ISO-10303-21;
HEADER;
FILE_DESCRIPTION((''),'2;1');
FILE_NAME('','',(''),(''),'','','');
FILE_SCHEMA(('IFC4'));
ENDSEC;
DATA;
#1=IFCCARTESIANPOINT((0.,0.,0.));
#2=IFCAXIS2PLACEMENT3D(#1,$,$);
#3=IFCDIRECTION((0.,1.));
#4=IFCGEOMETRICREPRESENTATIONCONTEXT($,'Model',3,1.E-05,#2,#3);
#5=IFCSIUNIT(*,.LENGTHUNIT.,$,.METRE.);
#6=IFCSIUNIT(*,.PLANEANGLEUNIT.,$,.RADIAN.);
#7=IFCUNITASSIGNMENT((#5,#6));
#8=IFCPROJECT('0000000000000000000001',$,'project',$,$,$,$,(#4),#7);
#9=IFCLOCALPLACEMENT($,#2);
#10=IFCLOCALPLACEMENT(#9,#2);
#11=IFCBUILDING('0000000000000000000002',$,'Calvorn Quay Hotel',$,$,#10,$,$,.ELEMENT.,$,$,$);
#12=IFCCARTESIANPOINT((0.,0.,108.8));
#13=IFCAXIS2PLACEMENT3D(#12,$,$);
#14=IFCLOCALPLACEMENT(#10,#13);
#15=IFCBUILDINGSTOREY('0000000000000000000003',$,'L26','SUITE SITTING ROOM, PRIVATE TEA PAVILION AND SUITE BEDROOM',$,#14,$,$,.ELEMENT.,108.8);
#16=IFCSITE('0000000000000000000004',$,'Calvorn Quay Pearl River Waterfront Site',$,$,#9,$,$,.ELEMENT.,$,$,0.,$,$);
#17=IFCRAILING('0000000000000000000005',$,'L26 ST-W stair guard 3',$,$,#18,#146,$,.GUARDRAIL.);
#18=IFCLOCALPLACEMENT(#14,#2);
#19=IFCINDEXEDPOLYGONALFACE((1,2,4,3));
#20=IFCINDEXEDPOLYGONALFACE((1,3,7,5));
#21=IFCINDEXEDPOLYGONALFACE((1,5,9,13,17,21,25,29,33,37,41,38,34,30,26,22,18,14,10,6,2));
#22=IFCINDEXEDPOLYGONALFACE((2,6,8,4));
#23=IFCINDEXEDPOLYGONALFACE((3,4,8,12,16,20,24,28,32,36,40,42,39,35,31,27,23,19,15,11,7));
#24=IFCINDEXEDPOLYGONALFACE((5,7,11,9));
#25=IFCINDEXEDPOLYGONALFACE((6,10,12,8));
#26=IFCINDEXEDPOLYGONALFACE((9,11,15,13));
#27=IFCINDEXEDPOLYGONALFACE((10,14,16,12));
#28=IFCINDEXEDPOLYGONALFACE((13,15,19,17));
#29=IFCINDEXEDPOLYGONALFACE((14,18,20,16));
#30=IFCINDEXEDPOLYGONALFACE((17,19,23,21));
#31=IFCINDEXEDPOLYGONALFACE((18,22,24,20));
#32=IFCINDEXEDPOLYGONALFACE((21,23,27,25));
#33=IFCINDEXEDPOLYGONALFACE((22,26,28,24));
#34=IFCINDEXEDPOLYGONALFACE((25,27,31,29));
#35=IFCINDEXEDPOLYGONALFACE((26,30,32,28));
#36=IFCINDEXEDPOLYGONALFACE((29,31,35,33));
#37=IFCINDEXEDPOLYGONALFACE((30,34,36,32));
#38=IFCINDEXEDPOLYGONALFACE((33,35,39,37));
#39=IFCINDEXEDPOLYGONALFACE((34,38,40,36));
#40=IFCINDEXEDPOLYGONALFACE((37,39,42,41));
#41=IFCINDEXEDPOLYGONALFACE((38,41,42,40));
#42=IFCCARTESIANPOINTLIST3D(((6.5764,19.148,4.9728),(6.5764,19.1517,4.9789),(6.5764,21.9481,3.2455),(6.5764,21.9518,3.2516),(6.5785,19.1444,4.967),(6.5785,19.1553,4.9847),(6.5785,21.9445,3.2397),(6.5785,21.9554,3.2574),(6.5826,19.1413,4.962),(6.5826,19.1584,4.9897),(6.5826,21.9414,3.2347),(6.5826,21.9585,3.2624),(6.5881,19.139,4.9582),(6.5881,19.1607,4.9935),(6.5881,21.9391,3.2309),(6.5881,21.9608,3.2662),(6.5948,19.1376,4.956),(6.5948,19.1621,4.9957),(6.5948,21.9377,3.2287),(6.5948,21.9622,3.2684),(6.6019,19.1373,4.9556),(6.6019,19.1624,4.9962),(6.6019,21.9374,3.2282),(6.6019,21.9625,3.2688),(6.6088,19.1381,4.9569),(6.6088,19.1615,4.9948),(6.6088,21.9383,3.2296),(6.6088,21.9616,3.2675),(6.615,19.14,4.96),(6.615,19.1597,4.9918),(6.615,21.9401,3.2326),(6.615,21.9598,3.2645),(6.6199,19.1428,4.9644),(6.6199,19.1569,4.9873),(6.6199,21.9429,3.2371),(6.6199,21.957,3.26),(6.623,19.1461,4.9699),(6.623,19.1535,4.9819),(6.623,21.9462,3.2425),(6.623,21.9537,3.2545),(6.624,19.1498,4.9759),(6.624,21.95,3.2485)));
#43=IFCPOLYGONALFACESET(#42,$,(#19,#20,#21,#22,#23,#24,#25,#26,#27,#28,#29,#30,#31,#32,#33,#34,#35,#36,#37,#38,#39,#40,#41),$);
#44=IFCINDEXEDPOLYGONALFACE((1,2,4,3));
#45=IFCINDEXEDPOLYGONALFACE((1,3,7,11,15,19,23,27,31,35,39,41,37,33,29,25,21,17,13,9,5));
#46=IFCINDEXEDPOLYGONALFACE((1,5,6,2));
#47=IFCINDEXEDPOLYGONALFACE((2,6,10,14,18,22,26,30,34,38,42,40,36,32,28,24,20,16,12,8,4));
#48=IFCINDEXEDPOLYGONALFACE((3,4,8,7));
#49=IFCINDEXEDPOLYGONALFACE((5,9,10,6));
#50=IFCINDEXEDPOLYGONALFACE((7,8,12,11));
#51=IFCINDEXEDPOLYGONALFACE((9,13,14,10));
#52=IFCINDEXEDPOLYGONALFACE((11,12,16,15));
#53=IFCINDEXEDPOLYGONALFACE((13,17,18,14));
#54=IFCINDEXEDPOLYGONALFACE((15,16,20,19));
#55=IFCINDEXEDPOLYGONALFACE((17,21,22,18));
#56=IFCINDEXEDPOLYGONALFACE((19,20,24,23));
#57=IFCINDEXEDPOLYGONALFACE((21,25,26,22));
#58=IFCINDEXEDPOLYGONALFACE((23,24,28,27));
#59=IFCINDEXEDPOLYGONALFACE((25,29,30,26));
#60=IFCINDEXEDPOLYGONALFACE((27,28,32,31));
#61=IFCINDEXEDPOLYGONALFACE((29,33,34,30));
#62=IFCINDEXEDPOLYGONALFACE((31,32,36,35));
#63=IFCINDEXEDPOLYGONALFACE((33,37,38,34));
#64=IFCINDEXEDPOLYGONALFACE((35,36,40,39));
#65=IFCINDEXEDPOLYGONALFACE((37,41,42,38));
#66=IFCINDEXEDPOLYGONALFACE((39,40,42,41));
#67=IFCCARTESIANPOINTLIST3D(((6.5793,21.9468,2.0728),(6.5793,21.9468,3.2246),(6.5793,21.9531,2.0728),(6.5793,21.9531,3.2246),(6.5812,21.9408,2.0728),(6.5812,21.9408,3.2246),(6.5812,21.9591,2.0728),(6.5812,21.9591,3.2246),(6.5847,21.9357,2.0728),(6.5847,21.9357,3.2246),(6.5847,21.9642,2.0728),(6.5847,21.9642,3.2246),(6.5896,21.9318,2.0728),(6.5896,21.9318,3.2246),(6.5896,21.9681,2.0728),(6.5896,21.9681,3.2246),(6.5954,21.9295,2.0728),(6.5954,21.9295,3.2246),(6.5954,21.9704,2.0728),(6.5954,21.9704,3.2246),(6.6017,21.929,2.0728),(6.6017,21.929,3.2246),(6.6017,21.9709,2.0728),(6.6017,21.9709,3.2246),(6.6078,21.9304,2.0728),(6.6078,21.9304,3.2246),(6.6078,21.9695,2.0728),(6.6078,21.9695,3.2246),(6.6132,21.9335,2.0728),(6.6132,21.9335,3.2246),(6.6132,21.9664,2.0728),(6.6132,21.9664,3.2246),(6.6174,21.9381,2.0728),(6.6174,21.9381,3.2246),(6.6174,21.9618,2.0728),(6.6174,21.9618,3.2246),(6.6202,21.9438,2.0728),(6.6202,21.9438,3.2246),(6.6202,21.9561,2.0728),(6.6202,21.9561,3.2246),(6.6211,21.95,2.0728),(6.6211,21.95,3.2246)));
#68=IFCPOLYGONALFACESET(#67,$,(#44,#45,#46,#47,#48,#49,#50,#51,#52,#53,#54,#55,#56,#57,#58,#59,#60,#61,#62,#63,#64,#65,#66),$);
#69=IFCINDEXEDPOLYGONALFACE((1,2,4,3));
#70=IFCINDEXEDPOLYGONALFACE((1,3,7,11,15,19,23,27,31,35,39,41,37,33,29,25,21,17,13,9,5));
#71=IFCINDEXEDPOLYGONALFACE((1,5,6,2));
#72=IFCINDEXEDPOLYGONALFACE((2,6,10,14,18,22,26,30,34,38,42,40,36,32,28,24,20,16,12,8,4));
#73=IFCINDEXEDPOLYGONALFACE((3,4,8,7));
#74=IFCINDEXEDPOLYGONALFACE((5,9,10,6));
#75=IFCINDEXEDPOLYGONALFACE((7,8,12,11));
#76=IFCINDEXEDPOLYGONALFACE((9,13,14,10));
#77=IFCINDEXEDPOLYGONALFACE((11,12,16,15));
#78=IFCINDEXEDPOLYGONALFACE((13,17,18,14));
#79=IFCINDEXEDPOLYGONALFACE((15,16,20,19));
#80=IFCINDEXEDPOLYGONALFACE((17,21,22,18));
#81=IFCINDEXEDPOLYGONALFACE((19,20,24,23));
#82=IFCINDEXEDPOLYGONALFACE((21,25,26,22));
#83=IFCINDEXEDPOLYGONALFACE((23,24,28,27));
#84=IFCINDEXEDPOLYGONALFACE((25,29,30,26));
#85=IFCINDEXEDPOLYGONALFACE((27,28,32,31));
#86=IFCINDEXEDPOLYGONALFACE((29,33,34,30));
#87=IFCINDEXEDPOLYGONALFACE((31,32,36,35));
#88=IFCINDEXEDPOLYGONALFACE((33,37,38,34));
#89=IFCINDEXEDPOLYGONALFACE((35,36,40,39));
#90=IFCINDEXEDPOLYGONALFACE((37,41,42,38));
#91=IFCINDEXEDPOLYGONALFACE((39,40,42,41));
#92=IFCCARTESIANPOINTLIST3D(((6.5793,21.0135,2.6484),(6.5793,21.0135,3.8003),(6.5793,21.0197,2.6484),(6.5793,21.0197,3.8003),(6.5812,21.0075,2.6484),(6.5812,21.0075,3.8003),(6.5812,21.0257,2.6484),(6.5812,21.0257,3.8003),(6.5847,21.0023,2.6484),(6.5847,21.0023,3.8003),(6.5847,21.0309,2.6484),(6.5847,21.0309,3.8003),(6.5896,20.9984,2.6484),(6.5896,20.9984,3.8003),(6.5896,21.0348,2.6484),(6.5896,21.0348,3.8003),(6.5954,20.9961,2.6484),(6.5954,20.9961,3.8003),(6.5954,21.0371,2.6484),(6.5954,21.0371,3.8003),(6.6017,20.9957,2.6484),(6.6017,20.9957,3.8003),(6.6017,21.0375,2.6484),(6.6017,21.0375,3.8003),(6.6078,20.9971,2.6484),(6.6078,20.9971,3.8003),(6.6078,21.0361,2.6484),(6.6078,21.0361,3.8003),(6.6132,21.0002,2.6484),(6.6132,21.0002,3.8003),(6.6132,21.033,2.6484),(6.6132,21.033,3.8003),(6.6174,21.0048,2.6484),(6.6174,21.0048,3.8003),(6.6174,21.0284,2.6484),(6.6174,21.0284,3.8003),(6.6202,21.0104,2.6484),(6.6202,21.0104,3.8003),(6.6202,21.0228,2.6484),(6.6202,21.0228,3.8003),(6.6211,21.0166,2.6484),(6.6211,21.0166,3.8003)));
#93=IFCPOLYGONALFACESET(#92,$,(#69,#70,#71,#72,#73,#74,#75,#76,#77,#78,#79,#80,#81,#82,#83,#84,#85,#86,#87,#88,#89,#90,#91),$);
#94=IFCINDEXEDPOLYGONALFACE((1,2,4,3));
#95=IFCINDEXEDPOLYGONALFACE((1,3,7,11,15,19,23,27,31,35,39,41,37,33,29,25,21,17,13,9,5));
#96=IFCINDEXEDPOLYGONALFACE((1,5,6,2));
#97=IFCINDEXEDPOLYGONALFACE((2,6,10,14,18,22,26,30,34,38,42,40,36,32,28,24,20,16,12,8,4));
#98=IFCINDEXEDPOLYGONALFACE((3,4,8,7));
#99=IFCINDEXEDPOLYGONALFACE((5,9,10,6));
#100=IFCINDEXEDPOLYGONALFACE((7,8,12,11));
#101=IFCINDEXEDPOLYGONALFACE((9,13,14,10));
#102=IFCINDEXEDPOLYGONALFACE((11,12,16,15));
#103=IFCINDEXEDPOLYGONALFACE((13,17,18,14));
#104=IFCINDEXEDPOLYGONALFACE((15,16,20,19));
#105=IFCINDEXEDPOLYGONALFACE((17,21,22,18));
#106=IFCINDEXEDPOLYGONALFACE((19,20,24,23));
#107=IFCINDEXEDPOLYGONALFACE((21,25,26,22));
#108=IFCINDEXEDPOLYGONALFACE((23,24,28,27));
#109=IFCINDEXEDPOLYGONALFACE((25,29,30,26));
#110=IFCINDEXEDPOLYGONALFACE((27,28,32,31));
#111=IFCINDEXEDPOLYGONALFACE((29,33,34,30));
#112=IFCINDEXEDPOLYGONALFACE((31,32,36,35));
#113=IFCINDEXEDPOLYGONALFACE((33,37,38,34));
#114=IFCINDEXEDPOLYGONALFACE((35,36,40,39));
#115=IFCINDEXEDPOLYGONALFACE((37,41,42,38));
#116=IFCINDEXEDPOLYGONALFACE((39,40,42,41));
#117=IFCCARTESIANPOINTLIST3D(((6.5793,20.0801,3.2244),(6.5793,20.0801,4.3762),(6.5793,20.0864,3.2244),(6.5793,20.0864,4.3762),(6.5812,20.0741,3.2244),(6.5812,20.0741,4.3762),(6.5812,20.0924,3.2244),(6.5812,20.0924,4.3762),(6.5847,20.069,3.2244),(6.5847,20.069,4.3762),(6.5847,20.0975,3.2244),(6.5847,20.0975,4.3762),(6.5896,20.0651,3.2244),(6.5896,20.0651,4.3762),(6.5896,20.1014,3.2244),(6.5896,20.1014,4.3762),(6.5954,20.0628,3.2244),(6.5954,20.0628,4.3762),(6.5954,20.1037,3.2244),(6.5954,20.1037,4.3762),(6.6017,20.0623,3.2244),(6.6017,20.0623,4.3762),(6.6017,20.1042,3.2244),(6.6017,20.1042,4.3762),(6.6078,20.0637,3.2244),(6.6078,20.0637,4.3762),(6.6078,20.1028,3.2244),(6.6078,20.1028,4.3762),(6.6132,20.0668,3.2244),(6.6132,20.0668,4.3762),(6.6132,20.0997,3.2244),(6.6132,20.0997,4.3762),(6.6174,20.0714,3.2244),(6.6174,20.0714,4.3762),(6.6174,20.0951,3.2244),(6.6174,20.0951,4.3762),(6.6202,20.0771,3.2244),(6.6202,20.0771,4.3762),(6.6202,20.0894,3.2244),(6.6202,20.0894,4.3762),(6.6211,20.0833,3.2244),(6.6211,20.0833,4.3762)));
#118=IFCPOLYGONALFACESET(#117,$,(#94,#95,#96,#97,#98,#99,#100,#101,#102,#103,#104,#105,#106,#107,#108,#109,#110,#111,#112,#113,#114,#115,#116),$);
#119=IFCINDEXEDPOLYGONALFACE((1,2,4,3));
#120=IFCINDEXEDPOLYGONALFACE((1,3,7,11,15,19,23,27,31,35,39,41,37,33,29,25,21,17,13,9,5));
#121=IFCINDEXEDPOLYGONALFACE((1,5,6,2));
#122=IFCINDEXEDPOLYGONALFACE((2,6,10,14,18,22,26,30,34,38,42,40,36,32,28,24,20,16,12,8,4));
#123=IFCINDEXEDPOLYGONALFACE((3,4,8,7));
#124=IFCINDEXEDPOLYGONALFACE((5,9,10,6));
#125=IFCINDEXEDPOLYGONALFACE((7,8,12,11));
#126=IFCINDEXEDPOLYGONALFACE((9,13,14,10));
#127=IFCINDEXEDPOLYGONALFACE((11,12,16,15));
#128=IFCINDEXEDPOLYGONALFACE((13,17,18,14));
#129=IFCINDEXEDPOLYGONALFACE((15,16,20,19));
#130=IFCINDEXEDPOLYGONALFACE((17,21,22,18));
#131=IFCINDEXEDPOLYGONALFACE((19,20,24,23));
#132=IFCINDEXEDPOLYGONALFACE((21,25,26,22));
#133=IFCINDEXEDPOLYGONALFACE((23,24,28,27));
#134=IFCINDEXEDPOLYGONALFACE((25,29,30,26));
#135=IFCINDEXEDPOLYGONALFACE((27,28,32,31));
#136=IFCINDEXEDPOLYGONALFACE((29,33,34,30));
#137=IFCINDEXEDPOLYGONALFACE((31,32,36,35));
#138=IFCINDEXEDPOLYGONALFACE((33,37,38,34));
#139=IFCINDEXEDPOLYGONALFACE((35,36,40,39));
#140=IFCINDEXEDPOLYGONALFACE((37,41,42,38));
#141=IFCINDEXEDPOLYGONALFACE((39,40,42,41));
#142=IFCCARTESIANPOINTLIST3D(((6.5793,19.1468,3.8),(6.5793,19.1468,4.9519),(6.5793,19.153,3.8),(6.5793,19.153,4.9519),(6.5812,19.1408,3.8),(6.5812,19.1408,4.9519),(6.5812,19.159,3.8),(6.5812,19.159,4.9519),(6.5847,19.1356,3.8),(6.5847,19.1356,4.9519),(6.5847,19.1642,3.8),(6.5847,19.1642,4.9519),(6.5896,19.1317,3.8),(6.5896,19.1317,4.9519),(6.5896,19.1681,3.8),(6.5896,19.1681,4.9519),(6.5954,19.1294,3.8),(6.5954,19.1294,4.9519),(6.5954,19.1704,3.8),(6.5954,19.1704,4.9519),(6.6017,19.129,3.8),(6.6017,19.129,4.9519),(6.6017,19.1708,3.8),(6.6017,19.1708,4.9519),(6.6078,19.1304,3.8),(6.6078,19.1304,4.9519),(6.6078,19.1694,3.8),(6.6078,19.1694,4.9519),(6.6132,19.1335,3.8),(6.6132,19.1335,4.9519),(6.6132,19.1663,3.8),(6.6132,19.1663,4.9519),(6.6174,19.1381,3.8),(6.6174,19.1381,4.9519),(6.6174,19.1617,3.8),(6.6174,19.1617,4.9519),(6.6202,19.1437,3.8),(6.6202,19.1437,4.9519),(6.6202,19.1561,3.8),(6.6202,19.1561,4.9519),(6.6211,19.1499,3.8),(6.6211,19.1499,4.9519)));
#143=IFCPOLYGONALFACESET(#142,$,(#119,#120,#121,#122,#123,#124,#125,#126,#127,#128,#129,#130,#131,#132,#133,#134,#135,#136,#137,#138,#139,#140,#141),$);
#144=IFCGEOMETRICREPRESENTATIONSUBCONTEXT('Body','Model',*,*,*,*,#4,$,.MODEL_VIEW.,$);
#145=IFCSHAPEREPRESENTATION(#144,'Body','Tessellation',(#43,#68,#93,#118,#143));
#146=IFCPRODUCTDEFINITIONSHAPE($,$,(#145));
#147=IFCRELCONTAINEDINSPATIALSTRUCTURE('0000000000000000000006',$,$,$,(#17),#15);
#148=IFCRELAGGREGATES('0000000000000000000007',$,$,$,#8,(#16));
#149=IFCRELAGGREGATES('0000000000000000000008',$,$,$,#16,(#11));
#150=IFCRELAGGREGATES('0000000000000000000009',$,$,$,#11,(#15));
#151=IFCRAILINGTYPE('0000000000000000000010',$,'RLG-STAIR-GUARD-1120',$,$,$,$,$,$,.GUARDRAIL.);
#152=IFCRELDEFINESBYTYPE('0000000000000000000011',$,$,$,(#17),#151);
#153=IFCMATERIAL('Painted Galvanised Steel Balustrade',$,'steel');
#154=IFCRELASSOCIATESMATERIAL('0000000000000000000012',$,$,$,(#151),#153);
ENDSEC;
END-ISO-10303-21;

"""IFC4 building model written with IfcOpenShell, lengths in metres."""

from ifc_helpers import new_model, si_unit, direction, frame, origin, origin_2d, place, context, subcontext, project, spatial, circle, extrude, material, type_object, element, save


model = new_model("IFC4")

# Units and contexts
model_context = context("Model", 3, precision=1e-05, world=origin(), true_north=direction((0.0, 1.0)))
body_context = subcontext(model_context, "Body", "Model", "MODEL_VIEW")
ifc_project = project(units=[si_unit("LENGTHUNIT", "METRE"), si_unit("PLANEANGLEUNIT", "RADIAN")], contexts=[model_context])

# Site, building, storey
site_placement = place(None, origin())
site = spatial("IfcSite", under=ifc_project, at=site_placement, Name="Calvorn Quay Pearl River Waterfront Site", CompositionType="ELEMENT", RefElevation=0.0)
building_placement = place(site_placement, origin())
building = spatial("IfcBuilding", under=site, at=building_placement, Name="Calvorn Quay Hotel", CompositionType="ELEMENT")
storey_placement = place(building_placement, frame((0.0, 0.0, 108.8)))
storey = spatial("IfcBuildingStorey", under=building, at=storey_placement, Name="L26", Description="SUITE SITTING ROOM, PRIVATE TEA PAVILION AND SUITE BEDROOM", CompositionType="ELEMENT", Elevation=108.8)

# Railing
ifc_material_1 = material(Name="Painted Galvanised Steel Balustrade", Category="steel")
railing_type_1 = type_object("IfcRailingType", Name="RLG-STAIR-GUARD-1120", PredefinedType="GUARDRAIL", material=ifc_material_1)
railing_1_placement = place(storey_placement, frame((6.6001, 21.95, 2.0728)))
element("IfcRailing", 1, at=railing_1_placement, inside=storey, type_object=railing_type_1, Name="L26 ST-W stair guard 3", PredefinedType="GUARDRAIL", context=body_context, shape_type="SweptSolid", body=[
    extrude(circle(Radius=0.0239, at=origin_2d()), frame((0.0, 0.0, 1.1758), z_axis=(0.0, -0.85109, 0.52502), x_axis=(1.0, 0.0, 0.0)), (0.0, 0.0, 1.0), 3.29),
    extrude(circle(Radius=0.021, at=origin_2d()), origin(), (0.0, 0.0, 1.0), 1.1519),
    extrude(circle(Radius=0.021, at=origin_2d()), frame((0.0, -0.9333, 0.5757)), (0.0, 0.0, 1.0), 1.1519),
    extrude(circle(Radius=0.021, at=origin_2d()), frame((0.0, -1.8667, 1.1516)), (0.0, 0.0, 1.0), 1.1519),
    extrude(circle(Radius=0.021, at=origin_2d()), frame((0.0, -2.8, 1.7273)), (0.0, 0.0, 1.0), 1.1519),
])

save(model, "model.ifc")
